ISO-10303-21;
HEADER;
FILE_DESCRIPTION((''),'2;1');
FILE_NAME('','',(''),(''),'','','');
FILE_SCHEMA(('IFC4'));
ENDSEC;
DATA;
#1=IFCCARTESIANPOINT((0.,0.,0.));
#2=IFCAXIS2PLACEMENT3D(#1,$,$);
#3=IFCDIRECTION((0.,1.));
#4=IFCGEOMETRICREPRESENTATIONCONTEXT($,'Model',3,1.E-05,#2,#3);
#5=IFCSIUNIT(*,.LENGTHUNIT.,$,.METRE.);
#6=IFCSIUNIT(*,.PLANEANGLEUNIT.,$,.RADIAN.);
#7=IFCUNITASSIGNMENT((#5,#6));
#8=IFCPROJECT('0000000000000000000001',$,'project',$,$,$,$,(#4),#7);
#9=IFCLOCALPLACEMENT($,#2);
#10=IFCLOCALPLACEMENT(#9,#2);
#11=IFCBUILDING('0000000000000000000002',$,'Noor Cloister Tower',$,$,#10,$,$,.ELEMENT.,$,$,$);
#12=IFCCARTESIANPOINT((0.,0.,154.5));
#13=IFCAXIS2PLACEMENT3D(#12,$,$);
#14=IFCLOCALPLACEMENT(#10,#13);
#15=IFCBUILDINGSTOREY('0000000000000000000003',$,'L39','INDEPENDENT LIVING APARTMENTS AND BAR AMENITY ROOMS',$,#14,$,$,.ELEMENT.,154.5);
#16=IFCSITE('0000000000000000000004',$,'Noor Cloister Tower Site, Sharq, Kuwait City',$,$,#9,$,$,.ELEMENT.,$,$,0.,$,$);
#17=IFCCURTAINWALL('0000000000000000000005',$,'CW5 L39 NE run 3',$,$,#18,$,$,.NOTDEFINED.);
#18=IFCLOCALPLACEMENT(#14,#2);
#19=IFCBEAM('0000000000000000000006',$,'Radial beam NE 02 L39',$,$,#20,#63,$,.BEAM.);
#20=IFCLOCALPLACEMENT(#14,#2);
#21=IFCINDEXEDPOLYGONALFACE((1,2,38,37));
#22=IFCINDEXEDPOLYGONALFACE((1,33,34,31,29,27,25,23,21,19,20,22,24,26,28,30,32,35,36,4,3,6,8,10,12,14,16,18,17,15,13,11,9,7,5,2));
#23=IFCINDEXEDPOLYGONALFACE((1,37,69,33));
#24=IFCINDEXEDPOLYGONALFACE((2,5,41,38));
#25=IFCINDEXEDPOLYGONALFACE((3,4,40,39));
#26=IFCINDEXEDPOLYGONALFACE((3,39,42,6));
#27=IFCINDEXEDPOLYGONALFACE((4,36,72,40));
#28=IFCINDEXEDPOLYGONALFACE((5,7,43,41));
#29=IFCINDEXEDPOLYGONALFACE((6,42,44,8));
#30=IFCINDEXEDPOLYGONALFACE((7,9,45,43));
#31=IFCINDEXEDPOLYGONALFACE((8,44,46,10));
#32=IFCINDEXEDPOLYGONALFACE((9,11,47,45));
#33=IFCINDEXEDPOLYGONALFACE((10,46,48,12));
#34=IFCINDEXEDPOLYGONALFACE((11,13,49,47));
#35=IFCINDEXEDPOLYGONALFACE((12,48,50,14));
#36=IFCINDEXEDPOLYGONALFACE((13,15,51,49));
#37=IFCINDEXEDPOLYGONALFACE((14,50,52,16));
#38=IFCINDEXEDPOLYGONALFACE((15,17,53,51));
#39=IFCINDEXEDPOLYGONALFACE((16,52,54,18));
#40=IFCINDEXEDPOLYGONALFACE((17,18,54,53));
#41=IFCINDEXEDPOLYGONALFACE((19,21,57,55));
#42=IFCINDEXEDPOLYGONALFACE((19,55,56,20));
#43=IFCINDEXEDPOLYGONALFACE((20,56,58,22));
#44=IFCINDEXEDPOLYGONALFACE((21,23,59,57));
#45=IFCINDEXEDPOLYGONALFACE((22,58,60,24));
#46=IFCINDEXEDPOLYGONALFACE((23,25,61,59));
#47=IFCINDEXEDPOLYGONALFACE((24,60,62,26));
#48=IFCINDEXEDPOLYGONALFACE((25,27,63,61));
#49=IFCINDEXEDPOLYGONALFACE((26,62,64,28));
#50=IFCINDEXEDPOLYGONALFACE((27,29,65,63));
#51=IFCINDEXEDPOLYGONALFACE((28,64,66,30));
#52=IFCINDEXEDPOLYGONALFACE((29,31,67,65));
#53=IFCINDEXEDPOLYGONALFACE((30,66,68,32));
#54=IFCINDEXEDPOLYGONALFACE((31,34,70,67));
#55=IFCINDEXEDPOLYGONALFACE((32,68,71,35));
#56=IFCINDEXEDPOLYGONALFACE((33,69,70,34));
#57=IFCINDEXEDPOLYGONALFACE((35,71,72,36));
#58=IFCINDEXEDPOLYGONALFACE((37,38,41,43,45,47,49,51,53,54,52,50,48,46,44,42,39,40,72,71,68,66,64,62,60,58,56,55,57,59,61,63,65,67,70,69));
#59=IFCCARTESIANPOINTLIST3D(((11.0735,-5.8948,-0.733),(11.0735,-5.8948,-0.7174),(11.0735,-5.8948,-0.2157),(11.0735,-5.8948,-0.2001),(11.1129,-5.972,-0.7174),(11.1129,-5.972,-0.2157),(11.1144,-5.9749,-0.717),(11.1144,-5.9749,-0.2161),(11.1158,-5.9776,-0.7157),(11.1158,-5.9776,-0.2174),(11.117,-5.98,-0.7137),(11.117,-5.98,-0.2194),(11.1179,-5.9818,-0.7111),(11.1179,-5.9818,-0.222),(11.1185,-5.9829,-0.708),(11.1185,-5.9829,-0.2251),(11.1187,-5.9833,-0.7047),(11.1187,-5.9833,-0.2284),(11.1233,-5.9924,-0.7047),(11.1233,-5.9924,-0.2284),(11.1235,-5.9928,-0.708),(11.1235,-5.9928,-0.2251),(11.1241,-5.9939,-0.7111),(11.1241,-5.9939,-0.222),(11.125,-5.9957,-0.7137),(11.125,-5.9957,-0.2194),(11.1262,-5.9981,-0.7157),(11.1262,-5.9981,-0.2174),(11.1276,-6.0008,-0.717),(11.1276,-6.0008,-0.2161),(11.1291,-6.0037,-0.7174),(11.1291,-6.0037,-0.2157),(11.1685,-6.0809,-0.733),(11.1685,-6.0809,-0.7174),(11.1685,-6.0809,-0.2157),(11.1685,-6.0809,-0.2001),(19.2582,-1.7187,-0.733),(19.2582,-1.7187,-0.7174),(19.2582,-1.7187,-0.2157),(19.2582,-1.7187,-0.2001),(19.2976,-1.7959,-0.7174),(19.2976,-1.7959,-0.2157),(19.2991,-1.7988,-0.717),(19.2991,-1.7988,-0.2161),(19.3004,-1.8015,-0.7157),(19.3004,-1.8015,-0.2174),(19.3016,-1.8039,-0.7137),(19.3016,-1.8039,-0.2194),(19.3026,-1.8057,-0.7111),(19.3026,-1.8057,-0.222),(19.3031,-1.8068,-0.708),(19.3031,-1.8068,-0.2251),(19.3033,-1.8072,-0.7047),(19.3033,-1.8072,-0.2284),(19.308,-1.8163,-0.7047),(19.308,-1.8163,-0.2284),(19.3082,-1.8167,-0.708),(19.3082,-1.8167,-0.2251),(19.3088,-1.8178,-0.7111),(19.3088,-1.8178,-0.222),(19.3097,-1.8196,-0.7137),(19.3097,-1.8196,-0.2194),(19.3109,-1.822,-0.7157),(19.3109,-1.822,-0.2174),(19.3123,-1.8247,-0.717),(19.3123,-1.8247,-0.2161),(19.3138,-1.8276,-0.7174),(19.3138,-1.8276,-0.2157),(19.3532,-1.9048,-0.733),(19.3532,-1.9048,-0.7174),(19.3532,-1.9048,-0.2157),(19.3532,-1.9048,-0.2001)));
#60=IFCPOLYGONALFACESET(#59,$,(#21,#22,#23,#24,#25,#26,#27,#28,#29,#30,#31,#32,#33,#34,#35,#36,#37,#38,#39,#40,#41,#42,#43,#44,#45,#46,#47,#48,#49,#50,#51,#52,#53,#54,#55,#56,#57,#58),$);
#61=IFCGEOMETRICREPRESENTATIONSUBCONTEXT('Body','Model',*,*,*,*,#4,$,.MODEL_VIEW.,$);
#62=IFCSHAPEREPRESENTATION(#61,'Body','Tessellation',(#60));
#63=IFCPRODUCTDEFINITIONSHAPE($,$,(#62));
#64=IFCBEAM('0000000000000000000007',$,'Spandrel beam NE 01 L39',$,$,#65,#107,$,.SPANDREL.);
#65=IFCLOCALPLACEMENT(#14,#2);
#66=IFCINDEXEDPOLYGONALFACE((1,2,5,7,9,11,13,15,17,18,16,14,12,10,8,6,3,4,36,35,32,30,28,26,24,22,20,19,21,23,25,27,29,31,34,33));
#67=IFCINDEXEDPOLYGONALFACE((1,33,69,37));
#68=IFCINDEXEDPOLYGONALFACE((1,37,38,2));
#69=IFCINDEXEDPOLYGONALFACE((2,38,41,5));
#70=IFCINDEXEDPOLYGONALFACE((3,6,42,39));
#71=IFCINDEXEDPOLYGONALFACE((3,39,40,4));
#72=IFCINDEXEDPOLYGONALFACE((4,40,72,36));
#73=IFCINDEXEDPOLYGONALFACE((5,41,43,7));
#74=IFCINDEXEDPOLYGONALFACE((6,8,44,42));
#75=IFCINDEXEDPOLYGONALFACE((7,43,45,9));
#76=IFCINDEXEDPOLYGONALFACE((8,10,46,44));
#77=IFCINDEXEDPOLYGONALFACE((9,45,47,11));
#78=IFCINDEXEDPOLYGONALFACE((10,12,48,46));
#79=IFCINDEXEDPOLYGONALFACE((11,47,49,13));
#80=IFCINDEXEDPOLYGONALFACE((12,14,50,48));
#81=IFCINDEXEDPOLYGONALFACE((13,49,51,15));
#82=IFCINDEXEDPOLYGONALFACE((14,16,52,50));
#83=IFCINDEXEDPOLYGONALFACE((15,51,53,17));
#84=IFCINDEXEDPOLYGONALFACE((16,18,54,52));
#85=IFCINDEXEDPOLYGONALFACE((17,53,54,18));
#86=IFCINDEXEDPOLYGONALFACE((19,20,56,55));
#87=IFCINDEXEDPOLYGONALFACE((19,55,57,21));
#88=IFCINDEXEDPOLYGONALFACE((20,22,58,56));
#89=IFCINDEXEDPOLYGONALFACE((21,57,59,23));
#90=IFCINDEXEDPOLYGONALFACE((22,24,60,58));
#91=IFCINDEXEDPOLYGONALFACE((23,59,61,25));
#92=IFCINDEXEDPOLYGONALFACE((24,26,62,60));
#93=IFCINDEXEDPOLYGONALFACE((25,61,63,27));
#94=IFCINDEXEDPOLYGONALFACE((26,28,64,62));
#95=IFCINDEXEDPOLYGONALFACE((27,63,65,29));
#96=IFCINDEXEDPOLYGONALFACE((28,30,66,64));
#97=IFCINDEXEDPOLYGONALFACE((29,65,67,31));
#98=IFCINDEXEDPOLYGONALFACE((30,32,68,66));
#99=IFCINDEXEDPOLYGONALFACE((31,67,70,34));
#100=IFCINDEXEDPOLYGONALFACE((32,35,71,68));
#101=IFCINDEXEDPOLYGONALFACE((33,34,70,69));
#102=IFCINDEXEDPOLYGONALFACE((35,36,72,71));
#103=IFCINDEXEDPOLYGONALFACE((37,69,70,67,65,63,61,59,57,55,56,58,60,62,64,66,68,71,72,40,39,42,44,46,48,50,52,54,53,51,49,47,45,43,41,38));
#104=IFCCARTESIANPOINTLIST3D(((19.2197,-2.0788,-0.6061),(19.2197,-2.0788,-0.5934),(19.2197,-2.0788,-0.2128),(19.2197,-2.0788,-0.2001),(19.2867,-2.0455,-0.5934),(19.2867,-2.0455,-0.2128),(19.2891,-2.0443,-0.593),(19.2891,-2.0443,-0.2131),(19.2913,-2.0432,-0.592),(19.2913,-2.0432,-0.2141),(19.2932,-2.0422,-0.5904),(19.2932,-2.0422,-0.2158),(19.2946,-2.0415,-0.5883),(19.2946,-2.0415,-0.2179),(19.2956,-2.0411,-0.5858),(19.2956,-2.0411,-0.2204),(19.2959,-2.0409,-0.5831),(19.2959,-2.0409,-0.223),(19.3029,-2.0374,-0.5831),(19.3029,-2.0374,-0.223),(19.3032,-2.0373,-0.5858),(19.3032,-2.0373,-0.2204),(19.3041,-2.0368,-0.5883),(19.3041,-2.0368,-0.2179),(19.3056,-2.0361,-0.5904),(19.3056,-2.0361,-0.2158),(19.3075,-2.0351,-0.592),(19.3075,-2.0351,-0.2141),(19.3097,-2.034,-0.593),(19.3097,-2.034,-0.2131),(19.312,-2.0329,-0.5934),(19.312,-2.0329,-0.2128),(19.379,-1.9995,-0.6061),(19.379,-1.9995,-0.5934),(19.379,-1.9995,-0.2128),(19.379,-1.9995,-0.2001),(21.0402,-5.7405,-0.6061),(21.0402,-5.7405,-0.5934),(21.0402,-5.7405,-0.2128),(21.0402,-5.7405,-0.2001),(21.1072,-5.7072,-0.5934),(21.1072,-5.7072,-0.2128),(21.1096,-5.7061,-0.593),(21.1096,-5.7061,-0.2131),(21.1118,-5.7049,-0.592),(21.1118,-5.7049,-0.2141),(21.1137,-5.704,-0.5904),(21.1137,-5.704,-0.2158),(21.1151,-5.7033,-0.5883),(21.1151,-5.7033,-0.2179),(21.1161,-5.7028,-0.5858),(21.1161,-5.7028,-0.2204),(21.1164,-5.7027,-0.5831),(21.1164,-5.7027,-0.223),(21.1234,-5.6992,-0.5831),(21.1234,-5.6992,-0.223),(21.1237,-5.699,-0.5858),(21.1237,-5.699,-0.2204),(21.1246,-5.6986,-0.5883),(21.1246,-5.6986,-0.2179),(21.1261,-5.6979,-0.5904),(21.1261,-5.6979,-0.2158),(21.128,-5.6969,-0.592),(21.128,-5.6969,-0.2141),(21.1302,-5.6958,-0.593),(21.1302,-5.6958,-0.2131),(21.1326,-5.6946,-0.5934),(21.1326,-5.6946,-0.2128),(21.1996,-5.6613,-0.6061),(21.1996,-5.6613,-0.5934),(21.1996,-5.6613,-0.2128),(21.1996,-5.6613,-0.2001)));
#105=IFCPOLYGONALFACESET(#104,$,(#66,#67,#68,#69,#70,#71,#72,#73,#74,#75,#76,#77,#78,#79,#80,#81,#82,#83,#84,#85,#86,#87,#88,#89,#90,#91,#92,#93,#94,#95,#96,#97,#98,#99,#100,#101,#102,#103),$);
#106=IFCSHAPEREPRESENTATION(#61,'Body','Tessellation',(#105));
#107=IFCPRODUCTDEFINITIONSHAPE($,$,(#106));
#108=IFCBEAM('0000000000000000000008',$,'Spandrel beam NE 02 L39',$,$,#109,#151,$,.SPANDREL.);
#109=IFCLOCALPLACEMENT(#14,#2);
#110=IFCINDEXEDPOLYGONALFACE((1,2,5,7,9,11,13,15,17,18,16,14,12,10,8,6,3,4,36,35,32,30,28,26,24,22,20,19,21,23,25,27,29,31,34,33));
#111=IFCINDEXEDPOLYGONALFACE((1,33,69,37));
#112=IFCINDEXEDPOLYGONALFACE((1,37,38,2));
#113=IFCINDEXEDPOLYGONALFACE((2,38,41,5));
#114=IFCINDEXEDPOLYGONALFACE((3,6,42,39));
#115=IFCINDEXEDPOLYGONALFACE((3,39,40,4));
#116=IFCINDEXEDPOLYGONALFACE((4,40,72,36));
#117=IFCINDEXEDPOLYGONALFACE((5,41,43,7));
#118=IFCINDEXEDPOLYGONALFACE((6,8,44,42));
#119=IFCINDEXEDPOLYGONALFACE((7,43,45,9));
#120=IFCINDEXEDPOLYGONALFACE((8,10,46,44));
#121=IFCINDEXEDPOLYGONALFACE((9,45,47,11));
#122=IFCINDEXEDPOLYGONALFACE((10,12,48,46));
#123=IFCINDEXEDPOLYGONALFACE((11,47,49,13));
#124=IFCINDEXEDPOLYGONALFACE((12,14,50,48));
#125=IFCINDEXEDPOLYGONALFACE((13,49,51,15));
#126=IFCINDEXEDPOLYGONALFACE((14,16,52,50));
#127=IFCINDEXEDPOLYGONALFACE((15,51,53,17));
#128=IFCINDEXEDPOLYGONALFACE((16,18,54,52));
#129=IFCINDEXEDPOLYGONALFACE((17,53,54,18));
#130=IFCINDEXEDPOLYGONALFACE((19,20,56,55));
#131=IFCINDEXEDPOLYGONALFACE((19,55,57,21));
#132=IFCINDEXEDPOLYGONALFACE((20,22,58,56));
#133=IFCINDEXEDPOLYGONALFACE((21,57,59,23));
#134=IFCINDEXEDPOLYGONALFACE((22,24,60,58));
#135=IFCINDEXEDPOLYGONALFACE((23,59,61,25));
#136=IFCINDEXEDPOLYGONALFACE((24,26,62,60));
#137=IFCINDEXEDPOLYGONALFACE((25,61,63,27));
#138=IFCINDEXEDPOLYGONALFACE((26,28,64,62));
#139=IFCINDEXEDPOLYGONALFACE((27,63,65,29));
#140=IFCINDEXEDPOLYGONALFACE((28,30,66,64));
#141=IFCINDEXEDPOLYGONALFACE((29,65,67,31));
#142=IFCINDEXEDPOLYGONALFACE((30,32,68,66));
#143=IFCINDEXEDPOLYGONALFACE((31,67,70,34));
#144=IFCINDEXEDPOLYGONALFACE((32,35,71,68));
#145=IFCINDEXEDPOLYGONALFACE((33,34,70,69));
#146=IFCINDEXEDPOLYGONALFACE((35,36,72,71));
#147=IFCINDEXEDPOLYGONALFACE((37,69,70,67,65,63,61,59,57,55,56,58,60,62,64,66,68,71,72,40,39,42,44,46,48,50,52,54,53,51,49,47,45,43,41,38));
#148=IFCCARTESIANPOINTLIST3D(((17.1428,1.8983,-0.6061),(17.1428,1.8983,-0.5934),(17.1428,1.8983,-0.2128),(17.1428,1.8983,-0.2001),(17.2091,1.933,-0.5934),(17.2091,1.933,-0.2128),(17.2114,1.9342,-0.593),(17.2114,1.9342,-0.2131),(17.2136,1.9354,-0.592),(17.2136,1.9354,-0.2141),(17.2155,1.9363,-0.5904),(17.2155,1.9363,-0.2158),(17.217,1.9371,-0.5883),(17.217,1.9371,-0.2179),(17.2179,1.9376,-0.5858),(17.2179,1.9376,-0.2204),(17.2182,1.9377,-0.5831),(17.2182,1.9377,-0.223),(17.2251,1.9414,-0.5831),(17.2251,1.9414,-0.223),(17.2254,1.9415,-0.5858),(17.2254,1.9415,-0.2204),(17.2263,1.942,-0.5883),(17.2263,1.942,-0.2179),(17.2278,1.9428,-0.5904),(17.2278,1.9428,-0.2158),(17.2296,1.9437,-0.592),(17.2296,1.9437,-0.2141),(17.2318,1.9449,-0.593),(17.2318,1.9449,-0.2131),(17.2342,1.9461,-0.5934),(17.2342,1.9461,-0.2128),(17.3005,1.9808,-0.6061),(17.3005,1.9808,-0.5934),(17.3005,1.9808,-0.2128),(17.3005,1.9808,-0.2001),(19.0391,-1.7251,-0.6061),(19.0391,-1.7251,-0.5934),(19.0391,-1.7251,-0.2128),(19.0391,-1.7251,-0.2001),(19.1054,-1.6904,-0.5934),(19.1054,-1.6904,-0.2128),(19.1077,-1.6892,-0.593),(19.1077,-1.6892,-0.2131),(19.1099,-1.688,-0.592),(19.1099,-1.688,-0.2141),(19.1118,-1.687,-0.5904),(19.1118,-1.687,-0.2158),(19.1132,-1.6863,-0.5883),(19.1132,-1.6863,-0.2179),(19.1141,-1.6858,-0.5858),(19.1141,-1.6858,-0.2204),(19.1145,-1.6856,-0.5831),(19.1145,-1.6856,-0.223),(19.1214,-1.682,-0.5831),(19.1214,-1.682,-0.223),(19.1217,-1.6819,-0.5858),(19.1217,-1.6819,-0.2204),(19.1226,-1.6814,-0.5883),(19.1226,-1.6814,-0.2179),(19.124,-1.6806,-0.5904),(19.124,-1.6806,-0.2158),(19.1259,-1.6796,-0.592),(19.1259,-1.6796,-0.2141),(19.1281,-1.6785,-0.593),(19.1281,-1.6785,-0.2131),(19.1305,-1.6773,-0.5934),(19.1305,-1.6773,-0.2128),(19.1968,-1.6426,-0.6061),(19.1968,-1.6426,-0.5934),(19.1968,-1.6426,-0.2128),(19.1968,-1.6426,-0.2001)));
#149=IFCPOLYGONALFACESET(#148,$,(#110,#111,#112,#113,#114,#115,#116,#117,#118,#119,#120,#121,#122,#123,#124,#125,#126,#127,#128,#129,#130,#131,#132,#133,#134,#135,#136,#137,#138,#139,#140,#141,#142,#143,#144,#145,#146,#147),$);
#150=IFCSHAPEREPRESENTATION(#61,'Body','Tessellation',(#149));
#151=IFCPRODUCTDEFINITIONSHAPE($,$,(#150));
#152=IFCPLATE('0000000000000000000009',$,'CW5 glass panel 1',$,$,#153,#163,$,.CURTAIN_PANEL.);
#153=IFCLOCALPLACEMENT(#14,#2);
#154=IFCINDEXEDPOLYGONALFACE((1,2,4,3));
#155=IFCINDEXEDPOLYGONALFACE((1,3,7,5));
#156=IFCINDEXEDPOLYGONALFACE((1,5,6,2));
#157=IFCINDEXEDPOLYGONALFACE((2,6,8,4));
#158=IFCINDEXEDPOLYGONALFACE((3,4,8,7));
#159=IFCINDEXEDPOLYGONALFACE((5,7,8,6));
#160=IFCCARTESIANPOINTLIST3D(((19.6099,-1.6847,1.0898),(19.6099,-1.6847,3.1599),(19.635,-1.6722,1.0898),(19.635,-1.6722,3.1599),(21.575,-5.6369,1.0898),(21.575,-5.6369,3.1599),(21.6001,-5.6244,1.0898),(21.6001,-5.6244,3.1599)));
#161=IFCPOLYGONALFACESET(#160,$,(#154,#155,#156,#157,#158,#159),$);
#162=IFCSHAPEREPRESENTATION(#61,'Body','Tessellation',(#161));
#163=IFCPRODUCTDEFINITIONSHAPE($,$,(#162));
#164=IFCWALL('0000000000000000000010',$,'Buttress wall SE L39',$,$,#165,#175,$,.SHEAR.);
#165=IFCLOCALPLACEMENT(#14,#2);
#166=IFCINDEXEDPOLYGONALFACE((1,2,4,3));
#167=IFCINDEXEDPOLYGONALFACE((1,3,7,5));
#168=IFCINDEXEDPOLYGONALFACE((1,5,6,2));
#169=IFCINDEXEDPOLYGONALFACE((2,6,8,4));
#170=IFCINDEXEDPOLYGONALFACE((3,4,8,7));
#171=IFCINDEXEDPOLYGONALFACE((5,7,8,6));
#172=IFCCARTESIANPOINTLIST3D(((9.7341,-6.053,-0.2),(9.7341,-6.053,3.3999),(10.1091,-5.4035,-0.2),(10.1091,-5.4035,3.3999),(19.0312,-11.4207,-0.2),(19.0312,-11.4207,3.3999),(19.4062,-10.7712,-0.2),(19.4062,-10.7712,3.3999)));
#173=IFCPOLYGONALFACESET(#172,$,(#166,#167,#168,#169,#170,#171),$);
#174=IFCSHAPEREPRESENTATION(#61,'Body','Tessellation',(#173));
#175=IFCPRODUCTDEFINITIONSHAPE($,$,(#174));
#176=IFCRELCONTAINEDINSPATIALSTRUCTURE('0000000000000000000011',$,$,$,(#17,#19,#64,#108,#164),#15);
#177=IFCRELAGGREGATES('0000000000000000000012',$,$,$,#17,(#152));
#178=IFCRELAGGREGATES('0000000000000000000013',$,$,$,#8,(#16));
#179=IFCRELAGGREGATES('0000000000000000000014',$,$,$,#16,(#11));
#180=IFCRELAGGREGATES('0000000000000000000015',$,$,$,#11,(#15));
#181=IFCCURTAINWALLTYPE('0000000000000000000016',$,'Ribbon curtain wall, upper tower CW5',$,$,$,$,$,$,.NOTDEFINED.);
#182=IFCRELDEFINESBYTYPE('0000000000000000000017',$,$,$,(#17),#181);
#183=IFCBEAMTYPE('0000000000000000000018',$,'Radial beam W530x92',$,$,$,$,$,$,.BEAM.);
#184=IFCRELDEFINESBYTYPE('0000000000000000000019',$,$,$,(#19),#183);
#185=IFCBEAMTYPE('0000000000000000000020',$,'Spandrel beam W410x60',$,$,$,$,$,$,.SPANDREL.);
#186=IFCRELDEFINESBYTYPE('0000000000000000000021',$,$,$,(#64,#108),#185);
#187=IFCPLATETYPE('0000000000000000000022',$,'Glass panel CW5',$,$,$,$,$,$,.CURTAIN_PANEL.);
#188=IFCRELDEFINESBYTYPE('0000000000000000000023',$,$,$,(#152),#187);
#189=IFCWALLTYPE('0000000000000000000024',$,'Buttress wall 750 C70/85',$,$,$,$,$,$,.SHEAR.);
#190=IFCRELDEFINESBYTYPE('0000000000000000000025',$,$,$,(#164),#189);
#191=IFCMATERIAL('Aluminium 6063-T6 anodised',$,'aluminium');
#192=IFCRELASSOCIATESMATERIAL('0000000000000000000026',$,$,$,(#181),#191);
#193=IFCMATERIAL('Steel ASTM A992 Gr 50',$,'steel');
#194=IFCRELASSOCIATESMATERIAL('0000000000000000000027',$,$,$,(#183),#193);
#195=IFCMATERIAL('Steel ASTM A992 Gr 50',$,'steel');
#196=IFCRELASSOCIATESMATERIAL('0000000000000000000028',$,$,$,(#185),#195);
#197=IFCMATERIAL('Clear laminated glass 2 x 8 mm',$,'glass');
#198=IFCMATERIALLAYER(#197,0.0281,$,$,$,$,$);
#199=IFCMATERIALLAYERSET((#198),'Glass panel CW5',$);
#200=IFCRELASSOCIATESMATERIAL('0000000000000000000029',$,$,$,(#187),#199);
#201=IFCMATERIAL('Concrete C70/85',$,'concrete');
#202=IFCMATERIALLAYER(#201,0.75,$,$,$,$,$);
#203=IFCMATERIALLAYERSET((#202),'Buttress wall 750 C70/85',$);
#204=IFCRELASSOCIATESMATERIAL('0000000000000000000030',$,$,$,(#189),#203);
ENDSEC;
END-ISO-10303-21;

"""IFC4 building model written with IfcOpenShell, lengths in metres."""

from ifc_helpers import new_model, si_unit, direction, frame, frame_2d, origin, origin_2d, place, context, subcontext, project, spatial, rectangle, i_section, extrude, material, layer, layer_set, material_profile, profile_set, type_object, element, aggregate, save


model = new_model("IFC4")

# Units and contexts
model_context = context("Model", 3, precision=1e-05, world=origin(), true_north=direction((0.0, 1.0)))
body_context = subcontext(model_context, "Body", "Model", "MODEL_VIEW")
ifc_project = project(units=[si_unit("LENGTHUNIT", "METRE"), si_unit("PLANEANGLEUNIT", "RADIAN")], contexts=[model_context])

# Site, building, storey
site_placement = place(None, origin())
site = spatial("IfcSite", under=ifc_project, at=site_placement, Name="Noor Cloister Tower Site, Sharq, Kuwait City", CompositionType="ELEMENT", RefElevation=0.0)
building_placement = place(site_placement, origin())
building = spatial("IfcBuilding", under=site, at=building_placement, Name="Noor Cloister Tower", CompositionType="ELEMENT")
storey_placement = place(building_placement, frame((0.0, 0.0, 154.5)))
storey = spatial("IfcBuildingStorey", under=building, at=storey_placement, Name="L39", Description="INDEPENDENT LIVING APARTMENTS AND BAR AMENITY ROOMS", CompositionType="ELEMENT", Elevation=154.5)

# Curtain wall
ifc_material_1 = material(Name="Aluminium 6063-T6 anodised", Category="aluminium")
curtain_wall_type = type_object("IfcCurtainWallType", Name="Ribbon curtain wall, upper tower CW5", PredefinedType="NOTDEFINED", material=ifc_material_1)
curtain_wall_placement = place(storey_placement, origin())
curtain_wall = element("IfcCurtainWall", 1, at=curtain_wall_placement, inside=storey, type_object=curtain_wall_type, Name="CW5 L39 NE run 3", PredefinedType="NOTDEFINED")

# Beams
ifc_material_2 = material(Name="Steel ASTM A992 Gr 50", Category="steel")
ifc_material_profile_1 = material_profile(ifc_material_2, i_section(OverallWidth=0.209, OverallDepth=0.533, WebThickness=0.0103, FlangeThickness=0.0156, FilletRadius=0.0127, at=origin_2d()), Name="W530x92")
ifc_profile_set_1 = profile_set([ifc_material_profile_1], Name="Steel ASTM A992 Gr 50")
beam_type_1 = type_object("IfcBeamType", Name="Radial beam W530x92", PredefinedType="BEAM", material=ifc_profile_set_1)
beam_1_placement = place(storey_placement, frame((19.3057, -1.8118, -0.4666), z_axis=(-0.890752, -0.45449, 0.0), x_axis=(0.45449, -0.890752, 0.0)))
element("IfcBeam", 2, at=beam_1_placement, inside=storey, type_object=beam_type_1, Name="Radial beam NE 02 L39", PredefinedType="BEAM", context=body_context, shape_type="SweptSolid", body=[
    extrude(i_section(OverallWidth=0.209, OverallDepth=0.533, WebThickness=0.0103, FlangeThickness=0.0156, FilletRadius=0.0127, at=origin_2d()), origin(), (0.0, 0.0, 1.0), 9.1885),
])
ifc_material_3 = material(Name="Steel ASTM A992 Gr 50", Category="steel")
ifc_material_profile_2 = material_profile(ifc_material_3, i_section(OverallWidth=0.178, OverallDepth=0.406, WebThickness=0.0078, FlangeThickness=0.0127, FilletRadius=0.0103, at=origin_2d()), Name="W410x60")
ifc_profile_set_2 = profile_set([ifc_material_profile_2], Name="Steel ASTM A992 Gr 50")
beam_type_2 = type_object("IfcBeamType", Name="Spandrel beam W410x60", PredefinedType="SPANDREL", material=ifc_profile_set_2)
beam_2_placement = place(storey_placement, frame((21.1199, -5.7009, -0.4031), z_axis=(-0.445183, 0.89544, 0.0), x_axis=(-0.89544, -0.445183, 0.0)))
element("IfcBeam", 3, at=beam_2_placement, inside=storey, type_object=beam_type_2, Name="Spandrel beam NE 01 L39", PredefinedType="SPANDREL", context=body_context, shape_type="SweptSolid", body=[
    extrude(i_section(OverallWidth=0.178, OverallDepth=0.406, WebThickness=0.0078, FlangeThickness=0.0127, FilletRadius=0.0103, at=origin_2d()), origin(), (0.0, 0.0, 1.0), 4.0894),
])
beam_3_placement = place(storey_placement, frame((19.1179, -1.6838, -0.4031), z_axis=(-0.463686, 0.886, 0.0), x_axis=(-0.886, -0.463686, 0.0)))
element("IfcBeam", 4, at=beam_3_placement, inside=storey, type_object=beam_type_2, Name="Spandrel beam NE 02 L39", PredefinedType="SPANDREL", context=body_context, shape_type="SweptSolid", body=[
    extrude(i_section(OverallWidth=0.178, OverallDepth=0.406, WebThickness=0.0078, FlangeThickness=0.0127, FilletRadius=0.0103, at=origin_2d()), origin(), (0.0, 0.0, 1.0), 4.0896),
])

# Plate
ifc_material_4 = material(Name="Clear laminated glass 2 x 8 mm", Category="glass")
ifc_layer_1 = layer(ifc_material_4, 0.0281)
ifc_layer_set_1 = layer_set([ifc_layer_1], Name="Glass panel CW5")
plate_type = type_object("IfcPlateType", Name="Glass panel CW5", PredefinedType="CURTAIN_PANEL", material=ifc_layer_set_1)
plate_placement = place(storey_placement, frame((20.605, -3.6545, 1.0898), z_axis=(0.0, 0.0, 1.0), x_axis=(-0.445213, 0.895424, 0.0)))
plate = element("IfcPlate", 5, at=plate_placement, type_object=plate_type, Name="CW5 glass panel 1", PredefinedType="CURTAIN_PANEL", context=body_context, shape_type="SweptSolid", body=[
    extrude(rectangle(XDim=4.4138, YDim=0.0281, at=origin_2d()), origin(), (0.0, 0.0, 1.0), 2.0701),
])
aggregate(curtain_wall, [plate])

# Wall
ifc_material_5 = material(Name="Concrete C70/85", Category="concrete")
ifc_layer_2 = layer(ifc_material_5, 0.75)
ifc_layer_set_2 = layer_set([ifc_layer_2], Name="Buttress wall 750 C70/85")
wall_type_1 = type_object("IfcWallType", Name="Buttress wall 750 C70/85", PredefinedType="SHEAR", material=ifc_layer_set_2)
wall_1_placement = place(storey_placement, frame((9.9216, -5.7283, -0.2), z_axis=(0.0, 0.0, 1.0), x_axis=(0.866026, -0.499999, 0.0)))
element("IfcWall", 6, at=wall_1_placement, inside=storey, type_object=wall_type_1, Name="Buttress wall SE L39", PredefinedType="SHEAR", context=body_context, shape_type="SweptSolid", body=[
    extrude(rectangle(XDim=10.7354, YDim=0.75, at=frame_2d((5.3677, 0.0))), origin(), (0.0, 0.0, 1.0), 3.5999),
])

save(model, "model.ifc")
